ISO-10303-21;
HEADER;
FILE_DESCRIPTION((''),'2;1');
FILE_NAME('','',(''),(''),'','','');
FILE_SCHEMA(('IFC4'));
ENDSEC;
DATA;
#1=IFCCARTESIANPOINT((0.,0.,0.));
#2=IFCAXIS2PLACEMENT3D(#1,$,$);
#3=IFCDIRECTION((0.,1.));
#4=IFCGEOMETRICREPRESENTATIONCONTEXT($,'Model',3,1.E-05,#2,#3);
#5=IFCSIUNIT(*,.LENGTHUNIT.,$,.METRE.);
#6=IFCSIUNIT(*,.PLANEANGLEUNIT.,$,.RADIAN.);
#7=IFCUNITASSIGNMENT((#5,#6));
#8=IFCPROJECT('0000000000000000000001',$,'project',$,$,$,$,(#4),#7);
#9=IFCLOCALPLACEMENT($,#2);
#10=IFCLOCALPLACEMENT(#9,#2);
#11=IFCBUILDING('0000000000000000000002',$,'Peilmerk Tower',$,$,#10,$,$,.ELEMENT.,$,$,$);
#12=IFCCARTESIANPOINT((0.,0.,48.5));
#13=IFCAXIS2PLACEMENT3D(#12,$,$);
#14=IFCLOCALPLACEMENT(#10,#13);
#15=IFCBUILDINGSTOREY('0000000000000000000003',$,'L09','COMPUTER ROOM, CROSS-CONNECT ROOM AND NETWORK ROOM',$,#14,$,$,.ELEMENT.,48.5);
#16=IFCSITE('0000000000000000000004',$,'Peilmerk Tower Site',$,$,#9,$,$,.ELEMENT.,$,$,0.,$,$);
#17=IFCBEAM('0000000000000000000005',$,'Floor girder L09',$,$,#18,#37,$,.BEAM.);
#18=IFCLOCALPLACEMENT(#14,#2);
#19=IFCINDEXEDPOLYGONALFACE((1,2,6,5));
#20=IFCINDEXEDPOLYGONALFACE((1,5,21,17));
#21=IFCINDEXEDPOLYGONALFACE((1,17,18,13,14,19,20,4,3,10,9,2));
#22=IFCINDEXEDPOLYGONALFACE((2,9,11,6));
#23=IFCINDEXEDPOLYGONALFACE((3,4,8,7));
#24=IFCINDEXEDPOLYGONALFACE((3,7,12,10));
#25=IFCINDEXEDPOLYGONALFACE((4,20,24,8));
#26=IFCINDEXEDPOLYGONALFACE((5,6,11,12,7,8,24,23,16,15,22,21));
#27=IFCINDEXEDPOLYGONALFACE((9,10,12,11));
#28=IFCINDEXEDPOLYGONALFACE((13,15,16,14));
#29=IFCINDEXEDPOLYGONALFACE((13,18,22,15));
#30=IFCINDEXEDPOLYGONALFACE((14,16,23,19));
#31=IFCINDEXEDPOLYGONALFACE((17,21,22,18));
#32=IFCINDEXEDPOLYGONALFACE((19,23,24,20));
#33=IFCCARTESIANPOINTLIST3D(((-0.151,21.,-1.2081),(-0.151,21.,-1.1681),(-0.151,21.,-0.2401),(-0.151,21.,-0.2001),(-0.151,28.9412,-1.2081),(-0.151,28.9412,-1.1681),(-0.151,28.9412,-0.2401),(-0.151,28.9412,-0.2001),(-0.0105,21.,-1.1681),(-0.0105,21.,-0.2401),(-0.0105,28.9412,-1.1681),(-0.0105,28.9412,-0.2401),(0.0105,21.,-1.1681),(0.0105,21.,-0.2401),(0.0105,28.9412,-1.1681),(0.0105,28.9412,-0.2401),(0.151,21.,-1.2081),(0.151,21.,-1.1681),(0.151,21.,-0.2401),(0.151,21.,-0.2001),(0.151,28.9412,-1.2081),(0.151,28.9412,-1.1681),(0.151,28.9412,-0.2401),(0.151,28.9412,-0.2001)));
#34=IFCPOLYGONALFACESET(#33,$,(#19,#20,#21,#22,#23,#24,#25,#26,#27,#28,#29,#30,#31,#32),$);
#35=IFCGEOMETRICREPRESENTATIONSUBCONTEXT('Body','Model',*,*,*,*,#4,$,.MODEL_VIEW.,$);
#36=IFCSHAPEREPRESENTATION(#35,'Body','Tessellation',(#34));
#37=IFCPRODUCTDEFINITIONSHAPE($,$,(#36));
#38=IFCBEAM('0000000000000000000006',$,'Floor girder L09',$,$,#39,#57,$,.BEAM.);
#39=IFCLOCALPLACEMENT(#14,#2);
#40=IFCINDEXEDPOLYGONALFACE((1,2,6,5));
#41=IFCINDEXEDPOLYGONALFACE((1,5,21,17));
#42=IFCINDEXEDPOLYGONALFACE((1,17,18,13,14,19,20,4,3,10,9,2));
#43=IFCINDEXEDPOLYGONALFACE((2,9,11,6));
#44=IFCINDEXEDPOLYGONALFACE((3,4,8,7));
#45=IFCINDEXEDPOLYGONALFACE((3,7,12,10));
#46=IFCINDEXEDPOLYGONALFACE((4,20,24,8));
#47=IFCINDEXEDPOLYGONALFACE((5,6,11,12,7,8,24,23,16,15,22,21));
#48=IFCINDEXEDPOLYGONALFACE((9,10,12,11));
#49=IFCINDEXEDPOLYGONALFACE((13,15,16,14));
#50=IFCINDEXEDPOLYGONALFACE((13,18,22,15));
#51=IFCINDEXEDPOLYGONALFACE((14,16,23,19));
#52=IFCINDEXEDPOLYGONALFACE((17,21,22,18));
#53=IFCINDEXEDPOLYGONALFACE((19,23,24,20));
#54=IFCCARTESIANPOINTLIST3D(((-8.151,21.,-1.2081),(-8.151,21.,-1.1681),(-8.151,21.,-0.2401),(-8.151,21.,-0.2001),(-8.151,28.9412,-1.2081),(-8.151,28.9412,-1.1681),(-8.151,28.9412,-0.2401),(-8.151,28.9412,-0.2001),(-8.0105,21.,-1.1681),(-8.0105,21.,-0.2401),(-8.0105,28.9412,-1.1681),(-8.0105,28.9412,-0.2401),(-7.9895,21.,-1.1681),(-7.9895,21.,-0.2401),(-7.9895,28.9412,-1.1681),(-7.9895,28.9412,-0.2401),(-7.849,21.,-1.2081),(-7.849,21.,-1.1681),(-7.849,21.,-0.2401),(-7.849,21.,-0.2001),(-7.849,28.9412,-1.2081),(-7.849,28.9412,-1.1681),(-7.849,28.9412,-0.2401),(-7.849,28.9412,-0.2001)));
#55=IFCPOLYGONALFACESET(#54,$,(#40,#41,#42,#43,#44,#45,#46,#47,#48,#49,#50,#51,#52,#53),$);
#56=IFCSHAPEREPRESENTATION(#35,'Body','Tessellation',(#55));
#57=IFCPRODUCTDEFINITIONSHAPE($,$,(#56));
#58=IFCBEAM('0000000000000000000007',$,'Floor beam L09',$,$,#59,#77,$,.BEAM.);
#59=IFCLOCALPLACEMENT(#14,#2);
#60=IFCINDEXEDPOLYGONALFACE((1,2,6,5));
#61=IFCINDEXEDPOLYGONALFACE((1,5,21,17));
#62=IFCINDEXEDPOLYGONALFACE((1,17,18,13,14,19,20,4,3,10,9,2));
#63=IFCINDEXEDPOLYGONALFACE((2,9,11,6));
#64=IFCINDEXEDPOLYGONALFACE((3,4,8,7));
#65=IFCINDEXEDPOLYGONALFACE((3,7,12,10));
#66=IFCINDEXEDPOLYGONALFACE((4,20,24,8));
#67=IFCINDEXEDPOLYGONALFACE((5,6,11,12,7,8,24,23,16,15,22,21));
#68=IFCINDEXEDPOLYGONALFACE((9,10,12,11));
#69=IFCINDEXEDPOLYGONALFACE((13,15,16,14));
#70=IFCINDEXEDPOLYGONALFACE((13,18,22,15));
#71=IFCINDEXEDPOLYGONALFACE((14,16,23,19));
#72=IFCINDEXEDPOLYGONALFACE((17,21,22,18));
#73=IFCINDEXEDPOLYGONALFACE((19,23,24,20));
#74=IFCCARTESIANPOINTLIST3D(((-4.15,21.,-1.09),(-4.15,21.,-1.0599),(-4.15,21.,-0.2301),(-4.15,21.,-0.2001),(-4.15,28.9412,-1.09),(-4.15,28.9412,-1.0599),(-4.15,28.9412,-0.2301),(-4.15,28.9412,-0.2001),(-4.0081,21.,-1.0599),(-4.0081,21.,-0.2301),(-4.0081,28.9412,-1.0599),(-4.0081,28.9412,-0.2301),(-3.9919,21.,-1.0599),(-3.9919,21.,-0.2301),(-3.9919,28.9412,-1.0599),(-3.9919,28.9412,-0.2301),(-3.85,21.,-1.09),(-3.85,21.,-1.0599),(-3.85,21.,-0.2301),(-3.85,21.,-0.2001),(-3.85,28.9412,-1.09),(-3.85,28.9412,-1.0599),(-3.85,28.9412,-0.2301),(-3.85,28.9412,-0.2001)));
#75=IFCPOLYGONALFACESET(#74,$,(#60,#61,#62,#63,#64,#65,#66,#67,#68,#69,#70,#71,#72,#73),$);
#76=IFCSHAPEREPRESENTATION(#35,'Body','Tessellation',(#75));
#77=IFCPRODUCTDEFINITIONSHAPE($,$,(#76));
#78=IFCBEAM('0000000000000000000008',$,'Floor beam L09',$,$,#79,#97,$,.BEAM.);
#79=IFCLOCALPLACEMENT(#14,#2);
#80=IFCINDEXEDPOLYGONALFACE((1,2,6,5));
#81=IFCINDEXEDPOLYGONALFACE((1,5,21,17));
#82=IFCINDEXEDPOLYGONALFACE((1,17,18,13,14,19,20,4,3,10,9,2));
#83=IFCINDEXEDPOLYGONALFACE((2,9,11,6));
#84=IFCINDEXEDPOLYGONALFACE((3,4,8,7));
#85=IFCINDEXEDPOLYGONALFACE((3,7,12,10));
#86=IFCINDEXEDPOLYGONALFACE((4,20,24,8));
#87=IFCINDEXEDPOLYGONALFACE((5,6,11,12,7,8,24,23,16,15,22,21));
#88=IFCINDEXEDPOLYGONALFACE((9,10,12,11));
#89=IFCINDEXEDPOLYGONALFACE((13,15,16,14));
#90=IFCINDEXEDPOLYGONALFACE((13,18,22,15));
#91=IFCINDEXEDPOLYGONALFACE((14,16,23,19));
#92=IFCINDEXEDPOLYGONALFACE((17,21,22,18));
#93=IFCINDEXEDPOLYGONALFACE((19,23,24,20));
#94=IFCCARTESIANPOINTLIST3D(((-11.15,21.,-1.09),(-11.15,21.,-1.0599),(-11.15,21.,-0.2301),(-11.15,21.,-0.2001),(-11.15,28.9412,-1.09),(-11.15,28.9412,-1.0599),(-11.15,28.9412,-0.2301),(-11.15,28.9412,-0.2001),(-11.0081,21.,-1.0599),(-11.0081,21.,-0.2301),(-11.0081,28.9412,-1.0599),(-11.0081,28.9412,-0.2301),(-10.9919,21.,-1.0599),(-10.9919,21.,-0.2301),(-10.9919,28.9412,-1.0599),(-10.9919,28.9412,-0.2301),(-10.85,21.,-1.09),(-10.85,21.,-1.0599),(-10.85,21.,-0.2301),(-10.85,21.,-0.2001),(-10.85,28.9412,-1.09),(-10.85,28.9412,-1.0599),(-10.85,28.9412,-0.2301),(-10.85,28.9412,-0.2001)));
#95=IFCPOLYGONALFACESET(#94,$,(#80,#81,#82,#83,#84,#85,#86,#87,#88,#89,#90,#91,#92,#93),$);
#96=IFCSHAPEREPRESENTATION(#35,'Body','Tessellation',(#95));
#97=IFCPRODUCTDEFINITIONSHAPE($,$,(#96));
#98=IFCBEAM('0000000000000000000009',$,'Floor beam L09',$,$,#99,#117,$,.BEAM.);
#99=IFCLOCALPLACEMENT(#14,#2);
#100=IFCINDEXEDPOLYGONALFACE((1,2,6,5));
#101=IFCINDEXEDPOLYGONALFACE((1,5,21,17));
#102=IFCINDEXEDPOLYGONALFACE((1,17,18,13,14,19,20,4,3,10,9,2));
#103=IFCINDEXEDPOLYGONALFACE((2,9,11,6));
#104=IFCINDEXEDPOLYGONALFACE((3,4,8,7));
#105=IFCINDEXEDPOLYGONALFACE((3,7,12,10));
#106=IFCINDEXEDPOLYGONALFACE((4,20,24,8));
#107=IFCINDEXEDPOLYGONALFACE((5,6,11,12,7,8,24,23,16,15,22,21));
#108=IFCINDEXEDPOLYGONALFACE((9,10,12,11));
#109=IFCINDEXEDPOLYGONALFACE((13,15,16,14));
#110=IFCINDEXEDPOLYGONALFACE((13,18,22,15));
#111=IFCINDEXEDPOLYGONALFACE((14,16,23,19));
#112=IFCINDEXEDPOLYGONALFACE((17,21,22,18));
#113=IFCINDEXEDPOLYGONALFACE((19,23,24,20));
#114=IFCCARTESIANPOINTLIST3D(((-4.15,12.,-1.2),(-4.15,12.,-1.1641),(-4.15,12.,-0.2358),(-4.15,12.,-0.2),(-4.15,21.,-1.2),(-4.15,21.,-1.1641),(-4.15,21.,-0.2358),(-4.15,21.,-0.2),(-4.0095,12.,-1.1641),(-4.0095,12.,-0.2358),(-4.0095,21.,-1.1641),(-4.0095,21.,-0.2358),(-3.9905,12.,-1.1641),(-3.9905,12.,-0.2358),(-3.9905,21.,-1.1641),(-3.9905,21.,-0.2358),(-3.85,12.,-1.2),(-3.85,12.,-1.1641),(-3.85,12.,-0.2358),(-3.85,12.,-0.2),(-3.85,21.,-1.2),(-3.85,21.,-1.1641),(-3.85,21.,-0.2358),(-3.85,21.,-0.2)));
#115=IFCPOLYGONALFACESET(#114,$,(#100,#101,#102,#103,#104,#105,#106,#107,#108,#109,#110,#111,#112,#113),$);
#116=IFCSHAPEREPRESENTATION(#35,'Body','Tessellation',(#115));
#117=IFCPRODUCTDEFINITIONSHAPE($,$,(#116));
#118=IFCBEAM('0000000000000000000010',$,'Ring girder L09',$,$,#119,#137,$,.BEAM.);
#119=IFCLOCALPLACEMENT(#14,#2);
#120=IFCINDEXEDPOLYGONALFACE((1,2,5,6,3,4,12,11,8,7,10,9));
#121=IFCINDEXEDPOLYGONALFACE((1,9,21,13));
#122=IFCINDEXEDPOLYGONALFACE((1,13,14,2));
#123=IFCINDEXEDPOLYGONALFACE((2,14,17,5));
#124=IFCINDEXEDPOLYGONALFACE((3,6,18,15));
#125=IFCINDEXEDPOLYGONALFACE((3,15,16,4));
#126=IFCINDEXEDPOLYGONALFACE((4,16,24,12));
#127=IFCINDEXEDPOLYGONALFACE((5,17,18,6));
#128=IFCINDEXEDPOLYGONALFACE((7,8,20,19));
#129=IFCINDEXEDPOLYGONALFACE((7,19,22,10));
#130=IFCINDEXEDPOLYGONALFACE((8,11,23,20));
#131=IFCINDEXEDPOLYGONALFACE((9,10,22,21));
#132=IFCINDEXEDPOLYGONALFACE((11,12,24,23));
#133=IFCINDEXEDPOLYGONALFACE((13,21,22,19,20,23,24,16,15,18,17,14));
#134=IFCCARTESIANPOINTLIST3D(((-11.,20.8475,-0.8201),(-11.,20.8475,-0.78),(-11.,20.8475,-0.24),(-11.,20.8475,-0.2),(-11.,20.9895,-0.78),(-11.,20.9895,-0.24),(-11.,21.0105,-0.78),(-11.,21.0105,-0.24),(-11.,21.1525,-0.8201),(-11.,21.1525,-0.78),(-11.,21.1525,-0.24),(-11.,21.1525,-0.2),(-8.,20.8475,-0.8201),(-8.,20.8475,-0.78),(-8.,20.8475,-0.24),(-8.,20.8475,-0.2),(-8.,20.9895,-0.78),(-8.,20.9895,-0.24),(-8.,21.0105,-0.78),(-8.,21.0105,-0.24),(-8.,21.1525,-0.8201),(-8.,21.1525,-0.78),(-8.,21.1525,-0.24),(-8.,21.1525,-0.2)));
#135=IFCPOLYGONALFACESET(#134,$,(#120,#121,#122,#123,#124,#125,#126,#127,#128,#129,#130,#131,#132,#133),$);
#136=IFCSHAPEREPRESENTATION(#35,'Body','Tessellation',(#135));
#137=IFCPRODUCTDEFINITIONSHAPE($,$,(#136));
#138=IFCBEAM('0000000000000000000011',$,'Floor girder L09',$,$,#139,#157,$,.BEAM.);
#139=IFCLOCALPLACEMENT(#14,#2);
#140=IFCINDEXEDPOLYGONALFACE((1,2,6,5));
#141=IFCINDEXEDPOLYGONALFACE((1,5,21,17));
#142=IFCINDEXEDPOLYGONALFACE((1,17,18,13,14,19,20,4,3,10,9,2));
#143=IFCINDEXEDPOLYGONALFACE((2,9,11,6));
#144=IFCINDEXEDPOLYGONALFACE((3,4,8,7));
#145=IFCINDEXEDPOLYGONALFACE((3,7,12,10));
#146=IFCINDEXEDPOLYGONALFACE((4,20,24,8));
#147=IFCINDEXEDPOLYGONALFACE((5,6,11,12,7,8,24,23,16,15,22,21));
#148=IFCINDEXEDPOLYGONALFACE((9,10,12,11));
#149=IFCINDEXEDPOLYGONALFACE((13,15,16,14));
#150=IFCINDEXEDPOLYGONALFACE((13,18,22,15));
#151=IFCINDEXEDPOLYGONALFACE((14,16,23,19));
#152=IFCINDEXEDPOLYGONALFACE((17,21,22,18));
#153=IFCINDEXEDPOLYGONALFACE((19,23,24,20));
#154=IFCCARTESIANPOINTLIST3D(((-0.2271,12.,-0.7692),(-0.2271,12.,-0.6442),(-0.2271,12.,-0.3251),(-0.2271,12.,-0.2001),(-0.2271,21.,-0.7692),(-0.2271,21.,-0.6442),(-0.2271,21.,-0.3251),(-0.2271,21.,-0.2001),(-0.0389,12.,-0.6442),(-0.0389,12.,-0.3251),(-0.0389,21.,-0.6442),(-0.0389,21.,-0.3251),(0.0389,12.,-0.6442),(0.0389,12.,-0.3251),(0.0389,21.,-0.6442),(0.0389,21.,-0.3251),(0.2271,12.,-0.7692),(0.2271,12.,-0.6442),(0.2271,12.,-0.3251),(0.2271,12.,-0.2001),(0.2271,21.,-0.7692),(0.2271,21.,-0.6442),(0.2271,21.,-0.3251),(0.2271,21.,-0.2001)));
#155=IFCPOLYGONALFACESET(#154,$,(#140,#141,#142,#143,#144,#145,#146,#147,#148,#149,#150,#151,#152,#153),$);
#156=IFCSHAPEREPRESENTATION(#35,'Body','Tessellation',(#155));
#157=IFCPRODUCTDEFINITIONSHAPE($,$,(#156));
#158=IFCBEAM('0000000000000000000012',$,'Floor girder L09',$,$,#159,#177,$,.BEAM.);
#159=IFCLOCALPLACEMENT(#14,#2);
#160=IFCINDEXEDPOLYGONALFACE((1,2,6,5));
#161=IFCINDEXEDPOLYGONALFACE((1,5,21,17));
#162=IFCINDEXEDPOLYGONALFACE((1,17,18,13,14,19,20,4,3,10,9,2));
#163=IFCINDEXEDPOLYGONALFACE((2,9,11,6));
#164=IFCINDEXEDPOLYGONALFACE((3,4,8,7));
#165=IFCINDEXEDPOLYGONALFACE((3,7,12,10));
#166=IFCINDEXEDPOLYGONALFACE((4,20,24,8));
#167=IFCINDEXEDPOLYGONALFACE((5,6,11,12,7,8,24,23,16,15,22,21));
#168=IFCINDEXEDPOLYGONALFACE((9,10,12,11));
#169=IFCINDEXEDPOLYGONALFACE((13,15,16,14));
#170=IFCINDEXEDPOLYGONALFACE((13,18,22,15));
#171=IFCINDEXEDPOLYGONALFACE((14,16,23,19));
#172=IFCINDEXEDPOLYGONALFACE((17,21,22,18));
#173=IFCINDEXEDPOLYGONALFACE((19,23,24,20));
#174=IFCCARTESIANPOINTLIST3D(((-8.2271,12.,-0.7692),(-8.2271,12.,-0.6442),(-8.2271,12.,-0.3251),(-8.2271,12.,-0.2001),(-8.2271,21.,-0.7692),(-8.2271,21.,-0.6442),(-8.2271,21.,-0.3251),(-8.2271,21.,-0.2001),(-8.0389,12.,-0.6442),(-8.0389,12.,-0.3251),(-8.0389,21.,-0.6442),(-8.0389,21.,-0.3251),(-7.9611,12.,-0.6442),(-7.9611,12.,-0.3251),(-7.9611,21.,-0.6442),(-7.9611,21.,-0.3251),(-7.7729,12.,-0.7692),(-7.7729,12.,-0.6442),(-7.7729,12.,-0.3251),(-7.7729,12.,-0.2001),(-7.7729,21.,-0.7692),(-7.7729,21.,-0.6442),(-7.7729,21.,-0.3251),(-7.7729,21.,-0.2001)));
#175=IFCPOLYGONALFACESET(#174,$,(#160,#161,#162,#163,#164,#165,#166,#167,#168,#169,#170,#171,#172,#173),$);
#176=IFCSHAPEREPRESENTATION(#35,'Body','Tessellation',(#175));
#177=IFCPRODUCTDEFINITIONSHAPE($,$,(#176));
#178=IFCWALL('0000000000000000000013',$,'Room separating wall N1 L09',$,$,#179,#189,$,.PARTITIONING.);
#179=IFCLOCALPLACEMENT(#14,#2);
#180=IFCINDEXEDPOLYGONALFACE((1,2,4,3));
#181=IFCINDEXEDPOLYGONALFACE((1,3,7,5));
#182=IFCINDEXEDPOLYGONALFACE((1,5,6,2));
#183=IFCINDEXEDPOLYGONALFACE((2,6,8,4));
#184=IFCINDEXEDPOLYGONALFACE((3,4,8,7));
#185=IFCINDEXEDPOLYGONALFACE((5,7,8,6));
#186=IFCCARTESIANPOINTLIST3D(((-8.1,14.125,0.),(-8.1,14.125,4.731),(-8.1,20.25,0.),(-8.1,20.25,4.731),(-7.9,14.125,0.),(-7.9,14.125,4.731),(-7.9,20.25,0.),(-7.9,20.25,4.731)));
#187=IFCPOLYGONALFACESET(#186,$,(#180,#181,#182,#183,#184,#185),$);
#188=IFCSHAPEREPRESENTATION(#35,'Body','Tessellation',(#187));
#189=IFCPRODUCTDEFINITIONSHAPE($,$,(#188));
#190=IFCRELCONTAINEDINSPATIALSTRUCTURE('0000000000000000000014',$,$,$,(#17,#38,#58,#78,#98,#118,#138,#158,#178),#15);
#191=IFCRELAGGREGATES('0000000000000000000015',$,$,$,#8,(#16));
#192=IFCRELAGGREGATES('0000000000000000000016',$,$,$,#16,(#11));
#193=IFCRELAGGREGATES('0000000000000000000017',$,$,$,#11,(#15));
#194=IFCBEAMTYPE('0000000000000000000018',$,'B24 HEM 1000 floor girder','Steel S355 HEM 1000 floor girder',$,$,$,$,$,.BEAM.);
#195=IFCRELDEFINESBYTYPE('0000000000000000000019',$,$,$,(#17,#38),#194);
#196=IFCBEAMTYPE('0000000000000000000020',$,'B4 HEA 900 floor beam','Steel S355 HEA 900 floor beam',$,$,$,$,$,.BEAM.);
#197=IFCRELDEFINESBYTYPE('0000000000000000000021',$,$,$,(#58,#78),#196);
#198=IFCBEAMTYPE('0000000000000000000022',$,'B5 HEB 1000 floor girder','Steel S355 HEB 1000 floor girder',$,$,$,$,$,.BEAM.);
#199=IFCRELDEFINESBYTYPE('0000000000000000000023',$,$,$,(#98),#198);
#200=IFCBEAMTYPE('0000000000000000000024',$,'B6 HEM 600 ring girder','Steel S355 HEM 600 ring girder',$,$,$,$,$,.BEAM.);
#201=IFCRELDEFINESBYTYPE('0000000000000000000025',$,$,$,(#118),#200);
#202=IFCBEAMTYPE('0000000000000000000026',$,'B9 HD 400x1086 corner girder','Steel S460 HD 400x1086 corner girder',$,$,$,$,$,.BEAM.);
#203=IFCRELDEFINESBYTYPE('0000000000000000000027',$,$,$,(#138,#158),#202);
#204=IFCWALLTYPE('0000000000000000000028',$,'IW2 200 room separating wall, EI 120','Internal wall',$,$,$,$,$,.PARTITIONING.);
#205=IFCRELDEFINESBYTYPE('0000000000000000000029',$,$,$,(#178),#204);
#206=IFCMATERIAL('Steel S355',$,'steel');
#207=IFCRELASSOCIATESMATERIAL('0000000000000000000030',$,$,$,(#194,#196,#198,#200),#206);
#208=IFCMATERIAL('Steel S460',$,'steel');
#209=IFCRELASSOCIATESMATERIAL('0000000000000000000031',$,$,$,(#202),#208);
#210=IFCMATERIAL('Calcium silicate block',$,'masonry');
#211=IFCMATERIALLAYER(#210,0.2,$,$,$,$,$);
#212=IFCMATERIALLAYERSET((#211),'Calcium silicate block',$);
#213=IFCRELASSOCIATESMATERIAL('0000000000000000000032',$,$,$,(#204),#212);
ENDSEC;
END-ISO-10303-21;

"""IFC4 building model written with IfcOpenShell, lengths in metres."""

from ifc_helpers import new_model, si_unit, direction, frame, frame_2d, origin, origin_2d, place, context, subcontext, project, spatial, rectangle, i_section, extrude, material, layer, layer_set, material_profile, profile_set, type_object, element, save


model = new_model("IFC4")

# Units and contexts
model_context = context("Model", 3, precision=1e-05, world=origin(), true_north=direction((0.0, 1.0)))
body_context = subcontext(model_context, "Body", "Model", "MODEL_VIEW")
ifc_project = project(units=[si_unit("LENGTHUNIT", "METRE"), si_unit("PLANEANGLEUNIT", "RADIAN")], contexts=[model_context])

# Site, building, storey
site_placement = place(None, origin())
site = spatial("IfcSite", under=ifc_project, at=site_placement, Name="Peilmerk Tower Site", CompositionType="ELEMENT", RefElevation=0.0)
building_placement = place(site_placement, origin())
building = spatial("IfcBuilding", under=site, at=building_placement, Name="Peilmerk Tower", CompositionType="ELEMENT")
storey_placement = place(building_placement, frame((0.0, 0.0, 48.5)))
storey = spatial("IfcBuildingStorey", under=building, at=storey_placement, Name="L09", Description="COMPUTER ROOM, CROSS-CONNECT ROOM AND NETWORK ROOM", CompositionType="ELEMENT", Elevation=48.5)

# Beams
ifc_material_1 = material(Name="Steel S355", Category="steel")
ifc_material_profile_1 = material_profile(ifc_material_1, i_section(OverallWidth=0.302, OverallDepth=1.0081, WebThickness=0.021, FlangeThickness=0.04, at=origin_2d()), Name="HEM 1000")
ifc_profile_set_1 = profile_set([ifc_material_profile_1], Name="Steel S355")
beam_type_1 = type_object("IfcBeamType", Name="B24 HEM 1000 floor girder", Description="Steel S355 HEM 1000 floor girder", PredefinedType="BEAM", material=ifc_profile_set_1)
for number, where, z_axis, x_axis, name in (
    (1, (0.0, 21.0, -0.7041), (0.0, 1.0, 0.0), (-1.0, 0.0, 0.0), "Floor girder L09"),
    (2, (-8.0, 21.0, -0.7041), (0.0, 1.0, 0.0), (-1.0, 0.0, 0.0), "Floor girder L09"),
):
    element("IfcBeam", number, at=place(storey_placement, frame(where, z_axis=z_axis, x_axis=x_axis)), inside=storey, type_object=beam_type_1, Name=name, PredefinedType="BEAM", context=body_context, shape_type="SweptSolid", body=[
        extrude(i_section(OverallWidth=0.302, OverallDepth=1.0081, WebThickness=0.021, FlangeThickness=0.04, at=origin_2d()), origin(), (0.0, 0.0, 1.0), 7.9412),
    ])
ifc_material_profile_2 = material_profile(ifc_material_1, i_section(OverallWidth=0.3, OverallDepth=0.8899, WebThickness=0.0161, FlangeThickness=0.03, at=origin_2d()), Name="HEA 900")
ifc_profile_set_2 = profile_set([ifc_material_profile_2], Name="Steel S355")
beam_type_2 = type_object("IfcBeamType", Name="B4 HEA 900 floor beam", Description="Steel S355 HEA 900 floor beam", PredefinedType="BEAM", material=ifc_profile_set_2)
for number, where, z_axis, x_axis, name in (
    (3, (-4.0, 21.0, -0.645), (0.0, 1.0, 0.0), (-1.0, 0.0, 0.0), "Floor beam L09"),
    (4, (-11.0, 21.0, -0.645), (0.0, 1.0, 0.0), (-1.0, 0.0, 0.0), "Floor beam L09"),
):
    element("IfcBeam", number, at=place(storey_placement, frame(where, z_axis=z_axis, x_axis=x_axis)), inside=storey, type_object=beam_type_2, Name=name, PredefinedType="BEAM", context=body_context, shape_type="SweptSolid", body=[
        extrude(i_section(OverallWidth=0.3, OverallDepth=0.8899, WebThickness=0.0161, FlangeThickness=0.03, at=origin_2d()), origin(), (0.0, 0.0, 1.0), 7.9412),
    ])
ifc_material_profile_3 = material_profile(ifc_material_1, i_section(OverallWidth=0.3, OverallDepth=1.0, WebThickness=0.019, FlangeThickness=0.0359, at=origin_2d()), Name="HEB 1000")
ifc_profile_set_3 = profile_set([ifc_material_profile_3], Name="Steel S355")
beam_type_3 = type_object("IfcBeamType", Name="B5 HEB 1000 floor girder", Description="Steel S355 HEB 1000 floor girder", PredefinedType="BEAM", material=ifc_profile_set_3)
beam_1_placement = place(storey_placement, frame((-4.0, 12.0, -0.7), z_axis=(0.0, 1.0, 0.0), x_axis=(-1.0, 0.0, 0.0)))
element("IfcBeam", 5, at=beam_1_placement, inside=storey, type_object=beam_type_3, Name="Floor beam L09", PredefinedType="BEAM", context=body_context, shape_type="SweptSolid", body=[
    extrude(i_section(OverallWidth=0.3, OverallDepth=1.0, WebThickness=0.019, FlangeThickness=0.0359, at=origin_2d()), origin(), (0.0, 0.0, 1.0), 9.0),
])
ifc_material_profile_4 = material_profile(ifc_material_1, i_section(OverallWidth=0.3049, OverallDepth=0.6201, WebThickness=0.021, FlangeThickness=0.04, at=origin_2d()), Name="HEM 600")
ifc_profile_set_4 = profile_set([ifc_material_profile_4], Name="Steel S355")
beam_type_4 = type_object("IfcBeamType", Name="B6 HEM 600 ring girder", Description="Steel S355 HEM 600 ring girder", PredefinedType="BEAM", material=ifc_profile_set_4)
beam_2_placement = place(storey_placement, frame((-8.0, 21.0, -0.51), z_axis=(-1.0, 0.0, 0.0), x_axis=(0.0, -1.0, 0.0)))
element("IfcBeam", 6, at=beam_2_placement, inside=storey, type_object=beam_type_4, Name="Ring girder L09", PredefinedType="BEAM", context=body_context, shape_type="SweptSolid", body=[
    extrude(i_section(OverallWidth=0.3049, OverallDepth=0.6201, WebThickness=0.021, FlangeThickness=0.04, at=origin_2d()), origin(), (0.0, 0.0, 1.0), 3.0),
])
ifc_material_2 = material(Name="Steel S460", Category="steel")
ifc_material_profile_5 = material_profile(ifc_material_2, i_section(OverallWidth=0.4541, OverallDepth=0.5691, WebThickness=0.0779, FlangeThickness=0.125, at=origin_2d()), Name="HD 400x1086")
ifc_profile_set_5 = profile_set([ifc_material_profile_5], Name="Steel S460")
beam_type_5 = type_object("IfcBeamType", Name="B9 HD 400x1086 corner girder", Description="Steel S460 HD 400x1086 corner girder", PredefinedType="BEAM", material=ifc_profile_set_5)
for number, where, z_axis, x_axis, name in (
    (7, (0.0, 12.0, -0.4846), (0.0, 1.0, 0.0), (-1.0, 0.0, 0.0), "Floor girder L09"),
    (8, (-8.0, 12.0, -0.4846), (0.0, 1.0, 0.0), (-1.0, 0.0, 0.0), "Floor girder L09"),
):
    element("IfcBeam", number, at=place(storey_placement, frame(where, z_axis=z_axis, x_axis=x_axis)), inside=storey, type_object=beam_type_5, Name=name, PredefinedType="BEAM", context=body_context, shape_type="SweptSolid", body=[
        extrude(i_section(OverallWidth=0.4541, OverallDepth=0.5691, WebThickness=0.0779, FlangeThickness=0.125, at=origin_2d()), origin(), (0.0, 0.0, 1.0), 9.0),
    ])

# Wall
ifc_material_3 = material(Name="Calcium silicate block", Category="masonry")
ifc_layer = layer(ifc_material_3, 0.2)
ifc_layer_set = layer_set([ifc_layer], Name="Calcium silicate block")
wall_type = type_object("IfcWallType", Name="IW2 200 room separating wall, EI 120", Description="Internal wall", PredefinedType="PARTITIONING", material=ifc_layer_set)
wall_1_placement = place(storey_placement, frame((-8.0, 14.125, 0.0), z_axis=(0.0, 0.0, 1.0), x_axis=(0.0, 1.0, 0.0)))
element("IfcWall", 9, at=wall_1_placement, inside=storey, type_object=wall_type, Name="Room separating wall N1 L09", PredefinedType="PARTITIONING", context=body_context, shape_type="SweptSolid", body=[
    extrude(rectangle(XDim=6.125, YDim=0.2, at=frame_2d((3.0625, 0.0))), origin(), (0.0, 0.0, 1.0), 4.731),
])

save(model, "model.ifc")
